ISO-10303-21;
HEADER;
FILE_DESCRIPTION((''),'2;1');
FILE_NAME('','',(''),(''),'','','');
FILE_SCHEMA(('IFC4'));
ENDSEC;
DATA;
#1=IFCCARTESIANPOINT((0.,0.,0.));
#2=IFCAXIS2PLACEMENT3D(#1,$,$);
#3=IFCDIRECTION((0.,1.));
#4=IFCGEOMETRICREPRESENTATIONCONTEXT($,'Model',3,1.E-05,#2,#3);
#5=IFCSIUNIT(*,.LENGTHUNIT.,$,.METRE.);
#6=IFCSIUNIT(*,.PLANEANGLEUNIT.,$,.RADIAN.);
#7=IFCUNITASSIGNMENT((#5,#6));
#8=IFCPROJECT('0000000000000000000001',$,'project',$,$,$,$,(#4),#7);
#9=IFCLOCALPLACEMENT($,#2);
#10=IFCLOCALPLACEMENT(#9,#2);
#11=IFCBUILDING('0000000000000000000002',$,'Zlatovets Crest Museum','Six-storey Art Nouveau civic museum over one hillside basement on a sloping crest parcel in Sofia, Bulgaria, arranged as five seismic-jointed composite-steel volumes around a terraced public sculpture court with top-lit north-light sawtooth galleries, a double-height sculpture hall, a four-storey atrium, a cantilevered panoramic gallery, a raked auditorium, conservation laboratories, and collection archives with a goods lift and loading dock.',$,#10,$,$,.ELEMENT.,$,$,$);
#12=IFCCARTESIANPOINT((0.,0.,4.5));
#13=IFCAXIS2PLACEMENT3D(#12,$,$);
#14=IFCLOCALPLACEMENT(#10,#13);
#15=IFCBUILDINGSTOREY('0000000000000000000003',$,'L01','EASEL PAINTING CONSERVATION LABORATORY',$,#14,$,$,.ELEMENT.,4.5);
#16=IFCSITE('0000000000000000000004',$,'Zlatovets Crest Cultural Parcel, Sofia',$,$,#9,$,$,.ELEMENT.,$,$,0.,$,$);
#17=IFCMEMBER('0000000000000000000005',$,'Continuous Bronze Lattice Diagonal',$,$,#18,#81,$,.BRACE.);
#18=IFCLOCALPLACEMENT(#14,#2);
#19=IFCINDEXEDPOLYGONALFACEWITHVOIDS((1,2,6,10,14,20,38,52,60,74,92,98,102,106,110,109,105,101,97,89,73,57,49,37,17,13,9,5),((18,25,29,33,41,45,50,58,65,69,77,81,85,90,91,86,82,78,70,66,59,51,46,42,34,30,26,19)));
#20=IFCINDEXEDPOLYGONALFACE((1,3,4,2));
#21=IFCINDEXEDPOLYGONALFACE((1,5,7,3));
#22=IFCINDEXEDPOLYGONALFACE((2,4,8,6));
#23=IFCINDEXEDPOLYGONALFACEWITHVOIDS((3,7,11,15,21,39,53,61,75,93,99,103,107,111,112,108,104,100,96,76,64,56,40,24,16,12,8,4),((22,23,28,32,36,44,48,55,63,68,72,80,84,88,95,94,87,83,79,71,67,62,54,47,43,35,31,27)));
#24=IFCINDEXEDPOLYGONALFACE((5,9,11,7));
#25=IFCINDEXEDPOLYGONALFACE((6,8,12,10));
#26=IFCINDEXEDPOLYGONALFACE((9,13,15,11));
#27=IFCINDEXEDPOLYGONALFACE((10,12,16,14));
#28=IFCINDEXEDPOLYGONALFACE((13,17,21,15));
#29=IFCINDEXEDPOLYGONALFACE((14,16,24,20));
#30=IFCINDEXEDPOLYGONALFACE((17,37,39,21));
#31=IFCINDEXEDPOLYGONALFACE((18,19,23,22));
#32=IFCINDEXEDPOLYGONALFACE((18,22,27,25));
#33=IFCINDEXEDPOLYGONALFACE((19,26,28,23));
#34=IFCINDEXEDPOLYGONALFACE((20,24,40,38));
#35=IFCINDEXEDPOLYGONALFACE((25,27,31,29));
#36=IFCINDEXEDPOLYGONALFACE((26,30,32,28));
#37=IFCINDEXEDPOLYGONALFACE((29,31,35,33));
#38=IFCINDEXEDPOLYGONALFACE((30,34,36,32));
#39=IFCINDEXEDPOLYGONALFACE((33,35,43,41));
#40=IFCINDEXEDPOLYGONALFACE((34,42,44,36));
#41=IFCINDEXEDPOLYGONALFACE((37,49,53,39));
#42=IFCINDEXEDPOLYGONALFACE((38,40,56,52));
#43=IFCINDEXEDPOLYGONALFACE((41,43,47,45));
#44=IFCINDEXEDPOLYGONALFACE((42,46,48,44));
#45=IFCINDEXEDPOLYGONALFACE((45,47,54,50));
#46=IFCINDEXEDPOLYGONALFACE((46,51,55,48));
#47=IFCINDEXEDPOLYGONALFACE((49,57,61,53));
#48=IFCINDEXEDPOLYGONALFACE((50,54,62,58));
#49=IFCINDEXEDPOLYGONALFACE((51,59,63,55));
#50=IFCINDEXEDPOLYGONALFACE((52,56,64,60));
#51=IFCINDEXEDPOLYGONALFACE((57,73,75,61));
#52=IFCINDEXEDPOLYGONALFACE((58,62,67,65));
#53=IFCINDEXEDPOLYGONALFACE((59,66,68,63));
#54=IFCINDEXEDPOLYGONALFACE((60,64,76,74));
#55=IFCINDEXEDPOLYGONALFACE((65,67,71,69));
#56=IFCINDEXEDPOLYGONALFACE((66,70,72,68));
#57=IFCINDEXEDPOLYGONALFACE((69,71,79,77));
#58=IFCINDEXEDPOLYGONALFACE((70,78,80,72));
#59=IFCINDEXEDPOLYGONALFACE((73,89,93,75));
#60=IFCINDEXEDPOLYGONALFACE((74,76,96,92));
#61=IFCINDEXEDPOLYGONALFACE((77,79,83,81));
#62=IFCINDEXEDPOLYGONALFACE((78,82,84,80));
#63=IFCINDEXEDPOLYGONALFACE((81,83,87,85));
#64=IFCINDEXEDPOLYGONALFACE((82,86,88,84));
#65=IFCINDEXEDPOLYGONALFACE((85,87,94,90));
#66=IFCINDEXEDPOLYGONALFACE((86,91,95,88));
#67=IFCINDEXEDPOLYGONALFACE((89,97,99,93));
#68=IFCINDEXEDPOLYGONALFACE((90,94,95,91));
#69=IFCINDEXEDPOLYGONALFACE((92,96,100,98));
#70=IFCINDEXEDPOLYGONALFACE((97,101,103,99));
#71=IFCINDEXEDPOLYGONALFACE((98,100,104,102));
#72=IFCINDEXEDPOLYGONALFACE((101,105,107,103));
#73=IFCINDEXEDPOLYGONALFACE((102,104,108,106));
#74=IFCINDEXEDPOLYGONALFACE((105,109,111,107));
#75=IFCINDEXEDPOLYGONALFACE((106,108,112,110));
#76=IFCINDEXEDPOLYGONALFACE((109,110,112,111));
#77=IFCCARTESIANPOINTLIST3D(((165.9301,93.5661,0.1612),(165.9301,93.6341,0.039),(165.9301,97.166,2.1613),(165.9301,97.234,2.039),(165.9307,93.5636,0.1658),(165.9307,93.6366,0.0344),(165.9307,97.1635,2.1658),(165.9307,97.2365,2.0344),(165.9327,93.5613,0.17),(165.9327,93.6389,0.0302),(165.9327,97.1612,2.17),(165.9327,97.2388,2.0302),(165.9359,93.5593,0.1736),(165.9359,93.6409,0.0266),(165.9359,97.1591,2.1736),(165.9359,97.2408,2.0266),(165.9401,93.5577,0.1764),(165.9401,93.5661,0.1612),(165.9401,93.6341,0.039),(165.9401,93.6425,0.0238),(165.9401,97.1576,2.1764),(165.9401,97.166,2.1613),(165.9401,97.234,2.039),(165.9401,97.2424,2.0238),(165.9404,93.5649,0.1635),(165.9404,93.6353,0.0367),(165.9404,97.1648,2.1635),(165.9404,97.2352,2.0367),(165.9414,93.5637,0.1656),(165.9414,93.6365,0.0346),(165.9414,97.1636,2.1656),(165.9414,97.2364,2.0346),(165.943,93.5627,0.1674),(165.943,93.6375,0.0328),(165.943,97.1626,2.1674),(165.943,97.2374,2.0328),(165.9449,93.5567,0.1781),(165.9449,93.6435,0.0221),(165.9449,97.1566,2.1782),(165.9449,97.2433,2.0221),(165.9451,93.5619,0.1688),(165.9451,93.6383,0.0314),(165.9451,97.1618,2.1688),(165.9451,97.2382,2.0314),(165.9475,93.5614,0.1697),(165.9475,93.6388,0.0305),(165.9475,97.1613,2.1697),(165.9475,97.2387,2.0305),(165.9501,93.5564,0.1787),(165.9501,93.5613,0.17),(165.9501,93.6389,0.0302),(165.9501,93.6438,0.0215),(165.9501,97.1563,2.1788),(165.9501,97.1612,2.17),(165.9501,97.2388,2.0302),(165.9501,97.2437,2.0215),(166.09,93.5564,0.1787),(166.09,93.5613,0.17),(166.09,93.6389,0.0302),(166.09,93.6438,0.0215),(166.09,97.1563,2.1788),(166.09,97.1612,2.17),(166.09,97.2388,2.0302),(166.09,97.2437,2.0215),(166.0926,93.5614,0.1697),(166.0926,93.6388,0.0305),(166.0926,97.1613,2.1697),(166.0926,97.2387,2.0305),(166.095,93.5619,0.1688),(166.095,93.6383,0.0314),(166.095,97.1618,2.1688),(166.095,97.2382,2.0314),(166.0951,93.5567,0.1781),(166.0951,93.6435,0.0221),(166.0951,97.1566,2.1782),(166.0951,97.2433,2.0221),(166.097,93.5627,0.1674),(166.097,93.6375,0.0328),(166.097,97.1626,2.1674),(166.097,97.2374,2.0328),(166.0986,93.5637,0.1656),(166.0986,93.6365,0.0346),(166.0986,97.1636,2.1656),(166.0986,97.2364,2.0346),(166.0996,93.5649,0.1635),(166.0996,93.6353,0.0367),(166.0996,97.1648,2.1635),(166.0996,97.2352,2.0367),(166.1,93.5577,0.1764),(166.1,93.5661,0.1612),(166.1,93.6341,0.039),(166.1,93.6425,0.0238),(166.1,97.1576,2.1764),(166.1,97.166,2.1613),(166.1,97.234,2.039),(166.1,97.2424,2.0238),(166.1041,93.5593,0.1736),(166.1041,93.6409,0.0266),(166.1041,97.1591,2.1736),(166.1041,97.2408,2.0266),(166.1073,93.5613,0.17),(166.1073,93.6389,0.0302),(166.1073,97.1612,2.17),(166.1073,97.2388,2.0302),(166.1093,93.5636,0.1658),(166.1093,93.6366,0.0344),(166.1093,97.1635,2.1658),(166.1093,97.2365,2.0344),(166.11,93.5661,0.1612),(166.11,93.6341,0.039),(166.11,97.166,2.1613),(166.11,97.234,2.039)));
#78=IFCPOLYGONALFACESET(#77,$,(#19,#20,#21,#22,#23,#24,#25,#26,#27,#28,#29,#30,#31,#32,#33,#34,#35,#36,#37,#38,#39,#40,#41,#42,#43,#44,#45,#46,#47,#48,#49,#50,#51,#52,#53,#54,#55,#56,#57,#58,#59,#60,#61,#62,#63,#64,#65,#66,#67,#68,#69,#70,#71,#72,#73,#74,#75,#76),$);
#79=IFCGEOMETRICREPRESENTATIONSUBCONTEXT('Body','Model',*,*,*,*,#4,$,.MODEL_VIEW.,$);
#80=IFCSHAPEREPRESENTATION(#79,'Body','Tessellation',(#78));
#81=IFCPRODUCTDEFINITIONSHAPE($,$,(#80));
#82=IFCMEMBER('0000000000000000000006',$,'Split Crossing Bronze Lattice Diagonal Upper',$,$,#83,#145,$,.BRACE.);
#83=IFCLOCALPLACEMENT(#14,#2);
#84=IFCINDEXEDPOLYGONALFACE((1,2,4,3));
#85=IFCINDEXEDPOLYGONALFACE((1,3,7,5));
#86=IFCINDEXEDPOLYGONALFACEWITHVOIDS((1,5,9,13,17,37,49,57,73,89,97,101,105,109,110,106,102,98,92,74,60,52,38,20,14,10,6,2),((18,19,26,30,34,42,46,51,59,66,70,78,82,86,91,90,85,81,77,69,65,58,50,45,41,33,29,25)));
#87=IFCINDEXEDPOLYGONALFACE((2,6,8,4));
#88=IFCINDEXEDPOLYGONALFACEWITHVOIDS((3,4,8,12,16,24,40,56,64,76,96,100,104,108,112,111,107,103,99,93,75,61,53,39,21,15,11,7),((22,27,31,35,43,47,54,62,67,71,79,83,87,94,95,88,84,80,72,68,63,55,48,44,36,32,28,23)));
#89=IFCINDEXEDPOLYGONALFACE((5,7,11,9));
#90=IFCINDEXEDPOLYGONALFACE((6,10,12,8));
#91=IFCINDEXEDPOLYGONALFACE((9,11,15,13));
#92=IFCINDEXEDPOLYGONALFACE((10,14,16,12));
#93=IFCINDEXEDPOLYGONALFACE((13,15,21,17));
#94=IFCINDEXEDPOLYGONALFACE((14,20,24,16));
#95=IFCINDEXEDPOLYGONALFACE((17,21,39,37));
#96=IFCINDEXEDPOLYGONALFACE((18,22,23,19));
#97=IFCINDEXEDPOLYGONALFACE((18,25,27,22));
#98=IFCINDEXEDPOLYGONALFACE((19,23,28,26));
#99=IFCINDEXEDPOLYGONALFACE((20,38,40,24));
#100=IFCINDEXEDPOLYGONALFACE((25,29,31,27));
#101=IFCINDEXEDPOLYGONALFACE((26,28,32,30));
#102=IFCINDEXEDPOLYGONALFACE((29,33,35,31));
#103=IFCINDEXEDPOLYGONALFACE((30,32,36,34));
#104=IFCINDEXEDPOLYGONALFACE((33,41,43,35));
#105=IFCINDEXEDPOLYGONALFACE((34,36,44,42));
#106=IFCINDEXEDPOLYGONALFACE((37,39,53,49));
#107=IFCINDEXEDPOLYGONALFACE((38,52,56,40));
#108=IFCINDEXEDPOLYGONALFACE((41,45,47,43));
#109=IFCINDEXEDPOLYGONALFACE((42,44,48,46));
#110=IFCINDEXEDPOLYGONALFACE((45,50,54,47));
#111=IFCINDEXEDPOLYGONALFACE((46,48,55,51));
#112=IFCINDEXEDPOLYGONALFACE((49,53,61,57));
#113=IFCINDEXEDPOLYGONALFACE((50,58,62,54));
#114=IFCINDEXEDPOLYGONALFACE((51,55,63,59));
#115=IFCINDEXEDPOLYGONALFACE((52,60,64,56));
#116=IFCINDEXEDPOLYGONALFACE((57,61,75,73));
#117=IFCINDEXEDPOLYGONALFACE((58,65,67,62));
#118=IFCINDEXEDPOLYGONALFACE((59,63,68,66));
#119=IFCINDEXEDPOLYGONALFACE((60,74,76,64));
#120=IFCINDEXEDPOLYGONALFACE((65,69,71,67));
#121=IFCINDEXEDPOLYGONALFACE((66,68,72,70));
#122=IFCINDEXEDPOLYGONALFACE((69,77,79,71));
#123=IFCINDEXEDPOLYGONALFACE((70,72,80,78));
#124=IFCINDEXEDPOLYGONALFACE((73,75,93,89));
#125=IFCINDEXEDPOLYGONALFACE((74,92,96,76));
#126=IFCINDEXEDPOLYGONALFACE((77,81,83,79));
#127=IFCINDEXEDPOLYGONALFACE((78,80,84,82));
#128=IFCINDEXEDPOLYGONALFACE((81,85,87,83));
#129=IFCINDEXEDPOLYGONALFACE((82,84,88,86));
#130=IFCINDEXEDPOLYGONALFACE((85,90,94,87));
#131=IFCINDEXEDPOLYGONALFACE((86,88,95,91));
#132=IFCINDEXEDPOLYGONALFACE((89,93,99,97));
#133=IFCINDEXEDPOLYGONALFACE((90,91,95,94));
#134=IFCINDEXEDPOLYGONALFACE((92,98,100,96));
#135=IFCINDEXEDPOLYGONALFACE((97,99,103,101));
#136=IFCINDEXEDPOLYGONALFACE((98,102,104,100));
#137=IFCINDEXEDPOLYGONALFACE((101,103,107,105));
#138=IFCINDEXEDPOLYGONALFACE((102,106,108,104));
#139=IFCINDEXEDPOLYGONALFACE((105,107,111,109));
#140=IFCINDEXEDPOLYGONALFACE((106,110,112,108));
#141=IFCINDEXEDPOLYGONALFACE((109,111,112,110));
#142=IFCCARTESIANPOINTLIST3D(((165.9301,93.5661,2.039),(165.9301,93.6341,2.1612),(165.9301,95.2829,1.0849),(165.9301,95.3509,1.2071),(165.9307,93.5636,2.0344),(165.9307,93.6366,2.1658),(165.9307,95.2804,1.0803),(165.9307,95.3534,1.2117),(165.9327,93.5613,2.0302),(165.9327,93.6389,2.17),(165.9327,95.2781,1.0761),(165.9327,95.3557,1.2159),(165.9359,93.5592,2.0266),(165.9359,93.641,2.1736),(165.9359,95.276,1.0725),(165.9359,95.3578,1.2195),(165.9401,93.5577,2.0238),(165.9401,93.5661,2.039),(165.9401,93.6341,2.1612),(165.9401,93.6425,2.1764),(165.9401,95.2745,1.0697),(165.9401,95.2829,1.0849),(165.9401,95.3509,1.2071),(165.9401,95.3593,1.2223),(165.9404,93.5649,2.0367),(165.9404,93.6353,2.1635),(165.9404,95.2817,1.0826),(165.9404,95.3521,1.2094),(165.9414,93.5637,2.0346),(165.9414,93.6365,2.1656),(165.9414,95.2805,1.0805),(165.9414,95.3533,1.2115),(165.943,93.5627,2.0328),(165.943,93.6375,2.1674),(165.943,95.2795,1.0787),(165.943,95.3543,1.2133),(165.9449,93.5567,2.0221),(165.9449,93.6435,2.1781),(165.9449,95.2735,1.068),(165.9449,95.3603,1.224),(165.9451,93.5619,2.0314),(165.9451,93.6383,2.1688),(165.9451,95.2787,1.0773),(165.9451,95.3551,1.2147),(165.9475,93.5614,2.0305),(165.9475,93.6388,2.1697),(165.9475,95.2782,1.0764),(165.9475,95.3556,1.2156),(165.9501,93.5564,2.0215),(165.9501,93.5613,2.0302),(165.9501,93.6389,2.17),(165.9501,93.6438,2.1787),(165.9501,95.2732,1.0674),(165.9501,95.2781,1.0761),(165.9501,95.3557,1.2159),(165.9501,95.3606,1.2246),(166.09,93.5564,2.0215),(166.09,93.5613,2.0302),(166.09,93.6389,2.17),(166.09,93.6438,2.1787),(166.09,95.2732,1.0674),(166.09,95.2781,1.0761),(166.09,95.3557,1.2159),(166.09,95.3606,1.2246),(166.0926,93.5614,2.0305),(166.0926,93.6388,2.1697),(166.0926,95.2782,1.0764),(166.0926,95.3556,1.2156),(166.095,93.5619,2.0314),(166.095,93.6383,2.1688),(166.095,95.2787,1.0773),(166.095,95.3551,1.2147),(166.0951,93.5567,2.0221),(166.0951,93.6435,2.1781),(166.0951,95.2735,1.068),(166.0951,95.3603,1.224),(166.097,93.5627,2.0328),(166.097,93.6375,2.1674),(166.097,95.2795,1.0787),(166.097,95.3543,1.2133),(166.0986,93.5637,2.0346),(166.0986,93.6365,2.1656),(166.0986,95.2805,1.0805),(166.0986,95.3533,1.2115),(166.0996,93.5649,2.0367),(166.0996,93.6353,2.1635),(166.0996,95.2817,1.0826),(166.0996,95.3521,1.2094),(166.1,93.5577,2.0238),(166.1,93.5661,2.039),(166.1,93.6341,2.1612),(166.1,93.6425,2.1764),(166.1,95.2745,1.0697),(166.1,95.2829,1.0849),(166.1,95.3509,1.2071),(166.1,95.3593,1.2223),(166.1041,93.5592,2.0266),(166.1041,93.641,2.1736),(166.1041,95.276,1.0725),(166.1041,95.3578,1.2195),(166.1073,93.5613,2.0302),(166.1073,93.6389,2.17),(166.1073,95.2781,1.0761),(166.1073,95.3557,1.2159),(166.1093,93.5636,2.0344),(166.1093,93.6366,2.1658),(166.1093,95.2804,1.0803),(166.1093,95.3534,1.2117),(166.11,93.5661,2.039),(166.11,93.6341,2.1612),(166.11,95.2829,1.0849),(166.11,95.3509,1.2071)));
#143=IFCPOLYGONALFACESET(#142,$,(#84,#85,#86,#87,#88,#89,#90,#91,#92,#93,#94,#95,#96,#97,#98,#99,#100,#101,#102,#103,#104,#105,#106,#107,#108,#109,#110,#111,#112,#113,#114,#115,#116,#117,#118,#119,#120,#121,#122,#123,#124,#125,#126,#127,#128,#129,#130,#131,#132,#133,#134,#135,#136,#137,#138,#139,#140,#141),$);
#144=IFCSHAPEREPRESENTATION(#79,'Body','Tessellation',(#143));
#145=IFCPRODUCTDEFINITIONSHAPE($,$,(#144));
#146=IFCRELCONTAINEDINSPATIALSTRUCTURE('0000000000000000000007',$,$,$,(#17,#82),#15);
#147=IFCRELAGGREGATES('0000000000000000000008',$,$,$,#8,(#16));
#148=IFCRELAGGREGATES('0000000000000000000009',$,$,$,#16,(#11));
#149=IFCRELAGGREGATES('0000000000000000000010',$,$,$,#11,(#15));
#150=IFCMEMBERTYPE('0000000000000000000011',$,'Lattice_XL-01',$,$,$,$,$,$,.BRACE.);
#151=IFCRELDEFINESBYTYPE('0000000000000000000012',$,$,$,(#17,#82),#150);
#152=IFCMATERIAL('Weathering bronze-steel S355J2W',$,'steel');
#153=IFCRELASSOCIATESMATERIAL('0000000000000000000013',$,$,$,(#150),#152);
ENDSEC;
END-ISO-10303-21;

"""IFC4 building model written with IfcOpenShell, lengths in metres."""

from ifc_helpers import new_model, si_unit, direction, frame, origin, origin_2d, place, context, subcontext, project, spatial, hollow_rectangle, extrude, material, material_profile, profile_set, type_object, element, save


model = new_model("IFC4")

# Units and contexts
model_context = context("Model", 3, precision=1e-05, world=origin(), true_north=direction((0.0, 1.0)))
body_context = subcontext(model_context, "Body", "Model", "MODEL_VIEW")
ifc_project = project(units=[si_unit("LENGTHUNIT", "METRE"), si_unit("PLANEANGLEUNIT", "RADIAN")], contexts=[model_context])

# Site, building, storey
site_placement = place(None, origin())
site = spatial("IfcSite", under=ifc_project, at=site_placement, Name="Zlatovets Crest Cultural Parcel, Sofia", CompositionType="ELEMENT", RefElevation=0.0)
building_placement = place(site_placement, origin())
building = spatial("IfcBuilding", under=site, at=building_placement, Name="Zlatovets Crest Museum", Description="Six-storey Art Nouveau civic museum over one hillside basement on a sloping crest parcel in Sofia, Bulgaria, arranged as five seismic-jointed composite-steel volumes around a terraced public sculpture court with top-lit north-light sawtooth galleries, a double-height sculpture hall, a four-storey atrium, a cantilevered panoramic gallery, a raked auditorium, conservation laboratories, and collection archives with a goods lift and loading dock.", CompositionType="ELEMENT")
storey_placement = place(building_placement, frame((0.0, 0.0, 4.5)))
storey = spatial("IfcBuildingStorey", under=building, at=storey_placement, Name="L01", Description="EASEL PAINTING CONSERVATION LABORATORY", CompositionType="ELEMENT", Elevation=4.5)

# Members
ifc_material_1 = material(Name="Weathering bronze-steel S355J2W", Category="steel")
ifc_material_profile_1 = material_profile(ifc_material_1, hollow_rectangle(XDim=0.1799, YDim=0.1799, WallThickness=0.01, InnerFilletRadius=0.01, OuterFilletRadius=0.02, at=origin_2d()), Name="SHS 180x180x10.0")
ifc_profile_set_1 = profile_set([ifc_material_profile_1], Name="Weathering bronze-steel S355J2W")
member_type_1 = type_object("IfcMemberType", Name="Lattice_XL-01", PredefinedType="BRACE", material=ifc_profile_set_1)
member_1_placement = place(storey_placement, frame((166.02, 93.6001, 0.1001), z_axis=(0.0, 0.874149, 0.485658), x_axis=(-1.0, 0.0, 0.0)))
element("IfcMember", 1, at=member_1_placement, inside=storey, type_object=member_type_1, Name="Continuous Bronze Lattice Diagonal", PredefinedType="BRACE", context=body_context, shape_type="SweptSolid", body=[
    extrude(hollow_rectangle(XDim=0.1799, YDim=0.1799, WallThickness=0.01, InnerFilletRadius=0.01, OuterFilletRadius=0.02, at=origin_2d()), origin(), (0.0, 0.0, 1.0), 4.1182),
])
member_2_placement = place(storey_placement, frame((166.02, 93.6001, 2.1001), z_axis=(0.0, 0.874087, -0.48577), x_axis=(-1.0, 0.0, 0.0)))
element("IfcMember", 2, at=member_2_placement, inside=storey, type_object=member_type_1, Name="Split Crossing Bronze Lattice Diagonal Upper", PredefinedType="BRACE", context=body_context, shape_type="SweptSolid", body=[
    extrude(hollow_rectangle(XDim=0.1799, YDim=0.1799, WallThickness=0.01, InnerFilletRadius=0.01, OuterFilletRadius=0.02, at=origin_2d()), origin(), (0.0, 0.0, 1.0), 1.9641),
])

save(model, "model.ifc")
